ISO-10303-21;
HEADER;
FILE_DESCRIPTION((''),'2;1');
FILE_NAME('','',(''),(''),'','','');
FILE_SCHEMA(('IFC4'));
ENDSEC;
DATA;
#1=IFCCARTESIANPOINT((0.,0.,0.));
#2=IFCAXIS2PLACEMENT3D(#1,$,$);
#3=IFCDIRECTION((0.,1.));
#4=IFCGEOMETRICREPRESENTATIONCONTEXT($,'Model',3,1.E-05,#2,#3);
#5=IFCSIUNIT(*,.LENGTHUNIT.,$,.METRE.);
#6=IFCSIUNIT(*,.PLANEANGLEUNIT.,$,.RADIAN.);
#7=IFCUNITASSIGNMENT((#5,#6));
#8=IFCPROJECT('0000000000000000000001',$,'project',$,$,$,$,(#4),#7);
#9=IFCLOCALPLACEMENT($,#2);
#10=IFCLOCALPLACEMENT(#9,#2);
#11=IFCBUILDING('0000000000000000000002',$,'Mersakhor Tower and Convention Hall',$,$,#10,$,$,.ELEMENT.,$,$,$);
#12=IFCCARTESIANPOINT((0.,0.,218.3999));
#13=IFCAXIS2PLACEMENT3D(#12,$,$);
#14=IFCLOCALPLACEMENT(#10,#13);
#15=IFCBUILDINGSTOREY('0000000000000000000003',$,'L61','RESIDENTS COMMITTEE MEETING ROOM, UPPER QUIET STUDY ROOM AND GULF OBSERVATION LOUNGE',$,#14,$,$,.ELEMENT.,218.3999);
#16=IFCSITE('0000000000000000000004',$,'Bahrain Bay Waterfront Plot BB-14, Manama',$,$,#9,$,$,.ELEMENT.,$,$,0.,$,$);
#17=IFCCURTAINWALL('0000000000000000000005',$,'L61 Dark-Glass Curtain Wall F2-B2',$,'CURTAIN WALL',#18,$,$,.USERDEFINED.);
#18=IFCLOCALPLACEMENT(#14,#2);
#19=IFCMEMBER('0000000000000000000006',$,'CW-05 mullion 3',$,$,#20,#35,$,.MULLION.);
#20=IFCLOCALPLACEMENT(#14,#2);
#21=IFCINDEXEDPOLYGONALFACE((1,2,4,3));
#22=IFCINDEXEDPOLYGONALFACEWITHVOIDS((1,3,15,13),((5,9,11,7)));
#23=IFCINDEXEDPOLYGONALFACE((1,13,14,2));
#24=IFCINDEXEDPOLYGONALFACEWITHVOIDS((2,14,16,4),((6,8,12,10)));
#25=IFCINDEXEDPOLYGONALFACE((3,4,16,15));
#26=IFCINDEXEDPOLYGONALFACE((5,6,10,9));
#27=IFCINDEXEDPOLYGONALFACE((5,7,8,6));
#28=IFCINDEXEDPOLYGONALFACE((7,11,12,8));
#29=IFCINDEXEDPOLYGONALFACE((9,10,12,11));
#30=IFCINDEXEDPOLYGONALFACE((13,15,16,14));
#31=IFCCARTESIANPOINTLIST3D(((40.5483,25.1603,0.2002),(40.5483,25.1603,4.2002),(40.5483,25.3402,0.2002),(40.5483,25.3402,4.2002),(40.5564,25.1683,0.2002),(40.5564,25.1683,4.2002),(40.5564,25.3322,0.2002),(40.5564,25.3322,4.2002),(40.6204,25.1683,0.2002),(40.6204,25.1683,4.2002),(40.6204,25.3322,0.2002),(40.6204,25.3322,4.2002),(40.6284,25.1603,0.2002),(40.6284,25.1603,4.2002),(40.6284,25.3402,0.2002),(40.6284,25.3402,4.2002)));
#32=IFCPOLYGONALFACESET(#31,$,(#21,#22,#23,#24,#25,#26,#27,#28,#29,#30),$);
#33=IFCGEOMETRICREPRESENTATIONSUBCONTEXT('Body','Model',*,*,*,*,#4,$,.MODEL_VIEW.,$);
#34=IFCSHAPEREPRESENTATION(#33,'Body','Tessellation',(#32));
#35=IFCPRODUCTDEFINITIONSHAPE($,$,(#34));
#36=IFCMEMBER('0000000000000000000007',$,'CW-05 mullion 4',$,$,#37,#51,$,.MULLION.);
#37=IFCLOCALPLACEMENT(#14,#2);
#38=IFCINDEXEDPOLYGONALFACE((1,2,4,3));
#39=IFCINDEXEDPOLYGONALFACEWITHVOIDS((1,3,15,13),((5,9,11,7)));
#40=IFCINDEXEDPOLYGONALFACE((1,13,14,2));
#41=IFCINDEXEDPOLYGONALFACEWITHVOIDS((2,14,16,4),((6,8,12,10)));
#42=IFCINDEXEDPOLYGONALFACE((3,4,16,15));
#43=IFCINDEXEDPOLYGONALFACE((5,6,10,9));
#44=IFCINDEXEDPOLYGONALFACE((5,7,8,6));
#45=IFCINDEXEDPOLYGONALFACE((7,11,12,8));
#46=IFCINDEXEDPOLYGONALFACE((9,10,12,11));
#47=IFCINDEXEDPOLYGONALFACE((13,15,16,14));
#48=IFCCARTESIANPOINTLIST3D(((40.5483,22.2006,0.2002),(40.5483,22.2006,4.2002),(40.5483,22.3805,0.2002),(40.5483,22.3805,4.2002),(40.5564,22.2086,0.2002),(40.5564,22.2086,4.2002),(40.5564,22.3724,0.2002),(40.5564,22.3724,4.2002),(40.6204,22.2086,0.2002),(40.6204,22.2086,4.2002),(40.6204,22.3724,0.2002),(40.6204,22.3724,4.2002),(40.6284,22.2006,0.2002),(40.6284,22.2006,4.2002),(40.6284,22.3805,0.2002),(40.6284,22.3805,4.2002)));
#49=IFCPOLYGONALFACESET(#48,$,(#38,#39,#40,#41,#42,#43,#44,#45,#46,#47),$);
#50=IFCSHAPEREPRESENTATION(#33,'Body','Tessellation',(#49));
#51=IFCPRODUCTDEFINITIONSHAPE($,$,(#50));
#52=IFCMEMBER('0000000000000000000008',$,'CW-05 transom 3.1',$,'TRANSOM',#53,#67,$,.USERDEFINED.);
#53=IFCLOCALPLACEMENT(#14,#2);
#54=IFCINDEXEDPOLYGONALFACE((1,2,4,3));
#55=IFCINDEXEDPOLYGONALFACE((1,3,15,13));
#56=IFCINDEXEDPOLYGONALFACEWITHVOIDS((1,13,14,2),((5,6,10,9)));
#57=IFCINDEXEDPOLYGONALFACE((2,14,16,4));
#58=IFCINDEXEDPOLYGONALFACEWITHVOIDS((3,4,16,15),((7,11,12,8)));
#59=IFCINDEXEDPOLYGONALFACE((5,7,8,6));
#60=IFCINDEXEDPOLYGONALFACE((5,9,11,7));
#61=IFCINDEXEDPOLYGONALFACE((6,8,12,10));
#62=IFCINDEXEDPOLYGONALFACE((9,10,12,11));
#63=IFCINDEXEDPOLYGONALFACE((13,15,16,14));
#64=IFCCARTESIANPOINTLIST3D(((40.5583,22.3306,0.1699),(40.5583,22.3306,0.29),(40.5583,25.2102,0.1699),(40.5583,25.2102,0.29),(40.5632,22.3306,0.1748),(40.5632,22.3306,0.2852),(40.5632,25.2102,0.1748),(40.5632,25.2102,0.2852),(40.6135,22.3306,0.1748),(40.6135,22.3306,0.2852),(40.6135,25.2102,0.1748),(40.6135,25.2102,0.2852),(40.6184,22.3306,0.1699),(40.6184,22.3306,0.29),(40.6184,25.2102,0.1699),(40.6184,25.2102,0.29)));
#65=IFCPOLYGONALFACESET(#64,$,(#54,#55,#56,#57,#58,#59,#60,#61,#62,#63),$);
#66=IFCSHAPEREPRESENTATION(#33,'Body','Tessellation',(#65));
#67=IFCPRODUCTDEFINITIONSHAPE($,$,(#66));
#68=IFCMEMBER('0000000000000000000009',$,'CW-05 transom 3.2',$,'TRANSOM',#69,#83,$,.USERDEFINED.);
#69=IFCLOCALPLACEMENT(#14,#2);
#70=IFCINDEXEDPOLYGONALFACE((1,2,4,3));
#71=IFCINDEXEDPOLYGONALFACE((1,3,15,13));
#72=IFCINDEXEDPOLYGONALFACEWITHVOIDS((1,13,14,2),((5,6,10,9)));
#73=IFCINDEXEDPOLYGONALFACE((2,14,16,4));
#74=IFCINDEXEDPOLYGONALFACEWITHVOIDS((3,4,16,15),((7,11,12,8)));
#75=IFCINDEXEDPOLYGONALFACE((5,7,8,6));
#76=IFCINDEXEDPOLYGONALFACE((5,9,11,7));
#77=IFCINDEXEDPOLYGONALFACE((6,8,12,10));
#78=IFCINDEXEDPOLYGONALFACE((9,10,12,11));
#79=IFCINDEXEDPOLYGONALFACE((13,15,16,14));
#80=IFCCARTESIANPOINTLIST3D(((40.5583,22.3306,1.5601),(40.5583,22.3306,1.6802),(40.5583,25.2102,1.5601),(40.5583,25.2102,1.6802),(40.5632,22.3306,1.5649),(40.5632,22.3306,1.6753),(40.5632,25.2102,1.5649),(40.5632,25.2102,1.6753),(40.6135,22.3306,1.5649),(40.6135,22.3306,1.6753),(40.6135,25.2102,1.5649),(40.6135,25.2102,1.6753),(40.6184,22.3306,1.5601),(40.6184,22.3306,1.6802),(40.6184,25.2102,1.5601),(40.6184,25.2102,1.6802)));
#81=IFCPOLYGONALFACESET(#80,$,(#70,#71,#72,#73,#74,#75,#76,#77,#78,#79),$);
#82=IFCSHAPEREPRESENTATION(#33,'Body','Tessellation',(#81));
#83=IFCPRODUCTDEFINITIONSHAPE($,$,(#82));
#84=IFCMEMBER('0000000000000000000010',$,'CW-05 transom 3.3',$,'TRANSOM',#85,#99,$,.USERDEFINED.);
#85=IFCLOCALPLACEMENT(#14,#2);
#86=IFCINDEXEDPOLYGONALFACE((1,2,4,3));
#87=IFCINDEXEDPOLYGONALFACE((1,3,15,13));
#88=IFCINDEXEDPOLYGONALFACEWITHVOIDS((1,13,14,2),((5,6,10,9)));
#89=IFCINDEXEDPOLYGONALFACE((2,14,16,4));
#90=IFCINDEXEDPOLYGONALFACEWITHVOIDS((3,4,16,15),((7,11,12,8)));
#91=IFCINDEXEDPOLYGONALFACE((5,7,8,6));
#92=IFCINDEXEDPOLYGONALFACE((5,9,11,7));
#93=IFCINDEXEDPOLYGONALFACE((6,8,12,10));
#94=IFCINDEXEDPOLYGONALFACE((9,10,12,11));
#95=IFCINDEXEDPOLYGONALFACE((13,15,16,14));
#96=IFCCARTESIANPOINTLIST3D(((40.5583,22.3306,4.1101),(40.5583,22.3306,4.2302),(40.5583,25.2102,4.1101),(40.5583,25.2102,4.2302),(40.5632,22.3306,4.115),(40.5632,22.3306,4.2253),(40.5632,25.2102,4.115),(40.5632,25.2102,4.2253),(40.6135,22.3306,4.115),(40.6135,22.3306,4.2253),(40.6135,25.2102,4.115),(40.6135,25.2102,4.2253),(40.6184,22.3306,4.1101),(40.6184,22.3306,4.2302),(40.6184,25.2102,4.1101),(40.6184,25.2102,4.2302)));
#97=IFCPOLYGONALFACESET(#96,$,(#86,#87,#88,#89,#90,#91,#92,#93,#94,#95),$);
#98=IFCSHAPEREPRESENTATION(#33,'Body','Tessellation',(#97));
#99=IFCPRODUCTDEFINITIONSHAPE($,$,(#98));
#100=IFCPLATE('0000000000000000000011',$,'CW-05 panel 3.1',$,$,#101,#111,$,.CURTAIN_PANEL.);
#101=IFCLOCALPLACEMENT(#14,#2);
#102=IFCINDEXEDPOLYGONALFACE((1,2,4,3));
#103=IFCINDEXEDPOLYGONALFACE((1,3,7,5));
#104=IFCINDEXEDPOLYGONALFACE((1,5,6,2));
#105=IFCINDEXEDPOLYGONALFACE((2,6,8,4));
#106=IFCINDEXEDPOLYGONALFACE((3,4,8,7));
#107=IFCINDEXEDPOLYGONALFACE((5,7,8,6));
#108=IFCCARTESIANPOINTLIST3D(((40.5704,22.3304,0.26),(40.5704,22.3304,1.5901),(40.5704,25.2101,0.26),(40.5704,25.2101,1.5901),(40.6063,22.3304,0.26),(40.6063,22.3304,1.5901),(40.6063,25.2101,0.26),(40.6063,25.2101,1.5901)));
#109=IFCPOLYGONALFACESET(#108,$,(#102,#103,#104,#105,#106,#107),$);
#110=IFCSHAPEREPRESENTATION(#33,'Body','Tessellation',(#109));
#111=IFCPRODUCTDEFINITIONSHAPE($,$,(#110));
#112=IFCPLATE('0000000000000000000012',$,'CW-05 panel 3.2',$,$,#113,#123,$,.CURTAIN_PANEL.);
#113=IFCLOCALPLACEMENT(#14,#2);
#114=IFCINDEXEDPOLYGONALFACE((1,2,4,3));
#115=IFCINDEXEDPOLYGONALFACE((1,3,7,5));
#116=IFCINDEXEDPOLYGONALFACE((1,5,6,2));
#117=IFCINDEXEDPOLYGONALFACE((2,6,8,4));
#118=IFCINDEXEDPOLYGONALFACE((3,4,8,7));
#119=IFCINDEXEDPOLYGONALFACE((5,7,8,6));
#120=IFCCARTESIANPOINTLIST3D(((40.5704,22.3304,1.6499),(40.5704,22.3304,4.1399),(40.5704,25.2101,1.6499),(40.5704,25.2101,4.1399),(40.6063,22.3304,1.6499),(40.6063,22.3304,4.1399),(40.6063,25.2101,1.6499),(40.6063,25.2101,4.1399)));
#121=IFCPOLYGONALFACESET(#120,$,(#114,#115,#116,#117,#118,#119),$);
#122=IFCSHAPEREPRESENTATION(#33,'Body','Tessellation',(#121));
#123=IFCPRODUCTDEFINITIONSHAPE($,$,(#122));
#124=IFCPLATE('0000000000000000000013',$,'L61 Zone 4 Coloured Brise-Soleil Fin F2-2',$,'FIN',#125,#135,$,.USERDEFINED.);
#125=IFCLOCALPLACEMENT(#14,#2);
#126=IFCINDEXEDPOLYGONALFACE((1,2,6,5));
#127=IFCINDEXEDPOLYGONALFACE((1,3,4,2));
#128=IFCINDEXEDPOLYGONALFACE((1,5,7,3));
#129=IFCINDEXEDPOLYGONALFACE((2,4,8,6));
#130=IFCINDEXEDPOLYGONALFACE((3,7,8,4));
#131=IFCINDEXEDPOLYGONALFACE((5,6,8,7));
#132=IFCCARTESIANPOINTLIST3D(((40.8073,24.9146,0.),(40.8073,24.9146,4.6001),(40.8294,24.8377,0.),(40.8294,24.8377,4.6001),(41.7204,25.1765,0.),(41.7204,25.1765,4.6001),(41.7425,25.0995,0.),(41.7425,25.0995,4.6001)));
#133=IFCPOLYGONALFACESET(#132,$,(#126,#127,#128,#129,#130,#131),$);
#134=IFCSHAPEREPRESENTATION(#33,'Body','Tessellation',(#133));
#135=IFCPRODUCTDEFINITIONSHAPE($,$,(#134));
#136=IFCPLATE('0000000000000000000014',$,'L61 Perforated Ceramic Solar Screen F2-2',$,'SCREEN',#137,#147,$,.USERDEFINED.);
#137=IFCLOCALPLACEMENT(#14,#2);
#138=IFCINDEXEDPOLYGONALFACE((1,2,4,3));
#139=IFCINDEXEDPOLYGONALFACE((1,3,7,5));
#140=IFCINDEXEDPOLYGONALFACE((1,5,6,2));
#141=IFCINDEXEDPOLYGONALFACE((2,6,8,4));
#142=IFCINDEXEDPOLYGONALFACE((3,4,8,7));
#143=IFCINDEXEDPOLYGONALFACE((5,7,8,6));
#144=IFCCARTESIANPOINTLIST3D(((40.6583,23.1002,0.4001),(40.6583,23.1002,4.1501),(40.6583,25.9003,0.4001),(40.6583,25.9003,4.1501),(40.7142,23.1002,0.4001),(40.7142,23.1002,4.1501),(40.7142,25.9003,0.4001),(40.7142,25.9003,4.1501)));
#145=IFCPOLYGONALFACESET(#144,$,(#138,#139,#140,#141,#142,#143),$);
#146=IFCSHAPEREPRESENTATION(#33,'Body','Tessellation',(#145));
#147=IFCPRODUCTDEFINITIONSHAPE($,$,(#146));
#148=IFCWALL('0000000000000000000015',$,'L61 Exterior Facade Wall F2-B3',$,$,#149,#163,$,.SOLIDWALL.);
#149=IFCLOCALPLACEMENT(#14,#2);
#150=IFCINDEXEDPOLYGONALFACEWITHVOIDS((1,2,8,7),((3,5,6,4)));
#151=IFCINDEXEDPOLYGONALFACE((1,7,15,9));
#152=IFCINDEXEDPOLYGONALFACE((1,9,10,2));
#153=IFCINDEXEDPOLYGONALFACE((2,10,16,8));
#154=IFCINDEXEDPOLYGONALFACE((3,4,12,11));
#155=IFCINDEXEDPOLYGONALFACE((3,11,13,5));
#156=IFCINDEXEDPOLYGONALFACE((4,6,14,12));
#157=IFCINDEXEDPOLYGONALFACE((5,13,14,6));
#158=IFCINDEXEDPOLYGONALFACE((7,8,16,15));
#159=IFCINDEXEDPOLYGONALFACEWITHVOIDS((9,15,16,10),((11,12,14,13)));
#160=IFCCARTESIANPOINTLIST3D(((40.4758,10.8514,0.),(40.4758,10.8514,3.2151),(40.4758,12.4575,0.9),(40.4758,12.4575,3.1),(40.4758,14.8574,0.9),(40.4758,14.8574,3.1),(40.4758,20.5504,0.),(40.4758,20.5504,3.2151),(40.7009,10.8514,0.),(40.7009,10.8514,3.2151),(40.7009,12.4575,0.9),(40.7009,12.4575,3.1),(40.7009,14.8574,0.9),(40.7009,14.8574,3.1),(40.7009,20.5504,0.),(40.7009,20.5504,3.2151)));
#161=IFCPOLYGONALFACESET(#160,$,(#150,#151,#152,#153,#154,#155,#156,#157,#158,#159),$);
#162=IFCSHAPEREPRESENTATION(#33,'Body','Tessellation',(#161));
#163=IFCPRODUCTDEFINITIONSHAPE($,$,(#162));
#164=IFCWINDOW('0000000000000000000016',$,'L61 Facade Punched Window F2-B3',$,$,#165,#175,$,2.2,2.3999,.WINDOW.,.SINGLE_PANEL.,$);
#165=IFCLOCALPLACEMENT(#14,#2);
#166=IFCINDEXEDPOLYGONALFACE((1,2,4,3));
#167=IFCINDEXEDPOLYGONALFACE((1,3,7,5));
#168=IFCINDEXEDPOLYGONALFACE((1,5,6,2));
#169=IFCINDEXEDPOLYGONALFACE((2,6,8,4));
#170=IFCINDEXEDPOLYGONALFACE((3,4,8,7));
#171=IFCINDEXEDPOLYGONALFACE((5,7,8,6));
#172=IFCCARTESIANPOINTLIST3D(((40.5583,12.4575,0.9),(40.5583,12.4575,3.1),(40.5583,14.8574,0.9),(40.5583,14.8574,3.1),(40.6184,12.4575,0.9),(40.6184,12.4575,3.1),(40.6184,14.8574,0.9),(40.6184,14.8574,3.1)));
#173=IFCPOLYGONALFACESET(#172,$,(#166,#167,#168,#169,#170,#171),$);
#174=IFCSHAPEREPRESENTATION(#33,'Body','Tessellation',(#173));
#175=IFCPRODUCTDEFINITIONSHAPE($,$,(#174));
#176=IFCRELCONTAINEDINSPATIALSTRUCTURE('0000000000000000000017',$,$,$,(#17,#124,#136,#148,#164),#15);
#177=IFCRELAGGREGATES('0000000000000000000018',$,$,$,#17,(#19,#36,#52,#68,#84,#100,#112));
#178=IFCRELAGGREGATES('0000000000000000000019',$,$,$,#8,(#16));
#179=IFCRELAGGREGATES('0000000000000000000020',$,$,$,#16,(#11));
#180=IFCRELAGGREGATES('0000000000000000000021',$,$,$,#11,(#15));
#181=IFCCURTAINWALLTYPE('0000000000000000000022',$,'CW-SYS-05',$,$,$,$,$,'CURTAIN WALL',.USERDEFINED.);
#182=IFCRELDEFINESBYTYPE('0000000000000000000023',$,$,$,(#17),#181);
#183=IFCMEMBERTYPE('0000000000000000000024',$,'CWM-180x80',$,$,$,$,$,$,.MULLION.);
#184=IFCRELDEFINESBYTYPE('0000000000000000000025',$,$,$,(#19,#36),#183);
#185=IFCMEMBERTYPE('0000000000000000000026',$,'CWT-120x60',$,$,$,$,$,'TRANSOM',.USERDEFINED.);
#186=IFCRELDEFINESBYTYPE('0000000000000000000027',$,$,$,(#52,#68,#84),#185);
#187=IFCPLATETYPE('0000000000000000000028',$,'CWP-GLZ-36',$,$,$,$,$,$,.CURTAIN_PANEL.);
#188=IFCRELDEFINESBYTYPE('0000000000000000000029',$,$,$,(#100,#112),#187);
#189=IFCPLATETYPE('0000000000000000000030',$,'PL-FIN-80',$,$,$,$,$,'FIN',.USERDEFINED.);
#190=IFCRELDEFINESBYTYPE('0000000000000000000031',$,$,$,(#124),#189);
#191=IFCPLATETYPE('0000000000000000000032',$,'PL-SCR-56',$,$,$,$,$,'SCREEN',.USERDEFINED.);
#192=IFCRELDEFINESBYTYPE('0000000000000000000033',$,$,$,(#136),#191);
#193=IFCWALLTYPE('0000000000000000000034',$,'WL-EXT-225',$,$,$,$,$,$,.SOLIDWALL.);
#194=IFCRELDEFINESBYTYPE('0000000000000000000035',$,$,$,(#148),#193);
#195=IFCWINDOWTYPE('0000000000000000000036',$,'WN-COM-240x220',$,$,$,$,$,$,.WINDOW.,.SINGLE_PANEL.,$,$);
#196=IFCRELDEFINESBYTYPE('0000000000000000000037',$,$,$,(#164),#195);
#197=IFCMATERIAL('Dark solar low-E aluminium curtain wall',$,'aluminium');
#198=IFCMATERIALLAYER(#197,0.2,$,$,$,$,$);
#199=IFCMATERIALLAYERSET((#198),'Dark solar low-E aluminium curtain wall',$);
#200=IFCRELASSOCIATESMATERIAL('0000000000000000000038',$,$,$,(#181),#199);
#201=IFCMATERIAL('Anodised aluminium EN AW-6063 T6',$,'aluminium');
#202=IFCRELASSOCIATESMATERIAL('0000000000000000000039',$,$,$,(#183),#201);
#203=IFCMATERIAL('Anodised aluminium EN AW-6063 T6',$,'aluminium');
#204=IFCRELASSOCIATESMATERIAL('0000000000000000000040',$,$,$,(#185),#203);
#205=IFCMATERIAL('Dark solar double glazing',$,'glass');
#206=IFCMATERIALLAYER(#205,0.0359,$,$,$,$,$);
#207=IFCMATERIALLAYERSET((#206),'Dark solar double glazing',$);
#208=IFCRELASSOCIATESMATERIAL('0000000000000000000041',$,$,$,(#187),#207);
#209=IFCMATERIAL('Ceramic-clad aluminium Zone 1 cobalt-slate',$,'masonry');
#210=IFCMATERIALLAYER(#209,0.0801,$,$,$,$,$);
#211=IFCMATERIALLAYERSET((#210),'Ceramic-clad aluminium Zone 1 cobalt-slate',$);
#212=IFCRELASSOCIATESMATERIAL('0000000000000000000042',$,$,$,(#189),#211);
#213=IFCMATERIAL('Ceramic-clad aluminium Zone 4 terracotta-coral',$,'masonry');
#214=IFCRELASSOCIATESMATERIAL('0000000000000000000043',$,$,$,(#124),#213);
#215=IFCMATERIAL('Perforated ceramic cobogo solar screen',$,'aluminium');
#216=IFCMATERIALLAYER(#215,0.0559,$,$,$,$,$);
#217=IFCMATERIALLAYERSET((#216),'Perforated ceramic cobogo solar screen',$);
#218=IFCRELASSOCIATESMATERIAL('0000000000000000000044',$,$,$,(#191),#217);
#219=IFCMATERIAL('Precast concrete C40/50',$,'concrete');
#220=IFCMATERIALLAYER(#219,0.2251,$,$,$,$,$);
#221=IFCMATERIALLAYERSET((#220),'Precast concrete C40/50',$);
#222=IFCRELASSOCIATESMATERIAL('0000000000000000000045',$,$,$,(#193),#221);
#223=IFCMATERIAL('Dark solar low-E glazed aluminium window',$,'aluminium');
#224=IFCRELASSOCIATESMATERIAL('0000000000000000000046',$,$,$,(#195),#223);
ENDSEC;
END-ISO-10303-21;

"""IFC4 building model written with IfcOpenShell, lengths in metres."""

from ifc_helpers import new_model, si_unit, direction, frame, frame_2d, origin, origin_2d, place, context, subcontext, project, spatial, rectangle, hollow_rectangle, extrude, material, layer, layer_set, material_profile, profile_set, type_object, element, fill, aggregate, save


model = new_model("IFC4")

# Units and contexts
model_context = context("Model", 3, precision=1e-05, world=origin(), true_north=direction((0.0, 1.0)))
body_context = subcontext(model_context, "Body", "Model", "MODEL_VIEW")
ifc_project = project(units=[si_unit("LENGTHUNIT", "METRE"), si_unit("PLANEANGLEUNIT", "RADIAN")], contexts=[model_context])

# Site, building, storey
site_placement = place(None, origin())
site = spatial("IfcSite", under=ifc_project, at=site_placement, Name="Bahrain Bay Waterfront Plot BB-14, Manama", CompositionType="ELEMENT", RefElevation=0.0)
building_placement = place(site_placement, origin())
building = spatial("IfcBuilding", under=site, at=building_placement, Name="Mersakhor Tower and Convention Hall", CompositionType="ELEMENT")
storey_placement = place(building_placement, frame((0.0, 0.0, 218.3999)))
storey = spatial("IfcBuildingStorey", under=building, at=storey_placement, Name="L61", Description="RESIDENTS COMMITTEE MEETING ROOM, UPPER QUIET STUDY ROOM AND GULF OBSERVATION LOUNGE", CompositionType="ELEMENT", Elevation=218.3999)

# Curtain wall, members, plates
ifc_material_1 = material(Name="Dark solar low-E aluminium curtain wall", Category="aluminium")
ifc_layer_1 = layer(ifc_material_1, 0.2)
ifc_layer_set_1 = layer_set([ifc_layer_1], Name="Dark solar low-E aluminium curtain wall")
curtain_wall_type = type_object("IfcCurtainWallType", Name="CW-SYS-05", ElementType="CURTAIN WALL", PredefinedType="USERDEFINED", material=ifc_layer_set_1)
curtain_wall_placement = place(storey_placement, origin())
curtain_wall = element("IfcCurtainWall", 1, at=curtain_wall_placement, inside=storey, type_object=curtain_wall_type, Name="L61 Dark-Glass Curtain Wall F2-B2", ObjectType="CURTAIN WALL", PredefinedType="USERDEFINED")
ifc_material_2 = material(Name="Anodised aluminium EN AW-6063 T6", Category="aluminium")
ifc_material_profile_1 = material_profile(ifc_material_2, hollow_rectangle(XDim=0.0801, YDim=0.1799, WallThickness=0.0081, at=origin_2d()), Name="RHS 180x80x8")
ifc_profile_set_1 = profile_set([ifc_material_profile_1], Name="Anodised aluminium EN AW-6063 T6")
member_type_1 = type_object("IfcMemberType", Name="CWM-180x80", PredefinedType="MULLION", material=ifc_profile_set_1)
member_1_placement = place(storey_placement, frame((40.5884, 25.2502, 0.2002), z_axis=(0.0, 0.0, 1.0), x_axis=(1.0, 0.0, 0.0)))
member_1 = element("IfcMember", 2, at=member_1_placement, type_object=member_type_1, Name="CW-05 mullion 3", PredefinedType="MULLION", context=body_context, shape_type="SweptSolid", body=[
    extrude(hollow_rectangle(XDim=0.0801, YDim=0.1799, WallThickness=0.0081, at=origin_2d()), origin(), (0.0, 0.0, 1.0), 4.0),
])
member_2_placement = place(storey_placement, frame((40.5884, 22.2905, 0.2002), z_axis=(0.0, 0.0, 1.0), x_axis=(1.0, 0.0, 0.0)))
member_2 = element("IfcMember", 3, at=member_2_placement, type_object=member_type_1, Name="CW-05 mullion 4", PredefinedType="MULLION", context=body_context, shape_type="SweptSolid", body=[
    extrude(hollow_rectangle(XDim=0.0801, YDim=0.1799, WallThickness=0.0081, at=origin_2d()), origin(), (0.0, 0.0, 1.0), 4.0),
])
ifc_material_3 = material(Name="Anodised aluminium EN AW-6063 T6", Category="aluminium")
ifc_material_profile_2 = material_profile(ifc_material_3, hollow_rectangle(XDim=0.0601, YDim=0.1201, WallThickness=0.0049, at=origin_2d()), Name="RHS 120x60x5")
ifc_profile_set_2 = profile_set([ifc_material_profile_2], Name="Anodised aluminium EN AW-6063 T6")
member_type_2 = type_object("IfcMemberType", Name="CWT-120x60", ElementType="TRANSOM", PredefinedType="USERDEFINED", material=ifc_profile_set_2)
member_3_placement = place(storey_placement, frame((40.5884, 25.2102, 0.23), z_axis=(0.0, -1.0, 0.0), x_axis=(1.0, 0.0, 0.0)))
member_3 = element("IfcMember", 4, at=member_3_placement, type_object=member_type_2, Name="CW-05 transom 3.1", ObjectType="TRANSOM", PredefinedType="USERDEFINED", context=body_context, shape_type="SweptSolid", body=[
    extrude(hollow_rectangle(XDim=0.0601, YDim=0.1201, WallThickness=0.0049, at=origin_2d()), origin(), (0.0, 0.0, 1.0), 2.8796),
])
member_4_placement = place(storey_placement, frame((40.5884, 25.2102, 1.6201), z_axis=(0.0, -1.0, 0.0), x_axis=(1.0, 0.0, 0.0)))
member_4 = element("IfcMember", 5, at=member_4_placement, type_object=member_type_2, Name="CW-05 transom 3.2", ObjectType="TRANSOM", PredefinedType="USERDEFINED", context=body_context, shape_type="SweptSolid", body=[
    extrude(hollow_rectangle(XDim=0.0601, YDim=0.1201, WallThickness=0.0049, at=origin_2d()), origin(), (0.0, 0.0, 1.0), 2.8796),
])
member_5_placement = place(storey_placement, frame((40.5884, 25.2102, 4.1702), z_axis=(0.0, -1.0, 0.0), x_axis=(1.0, 0.0, 0.0)))
member_5 = element("IfcMember", 6, at=member_5_placement, type_object=member_type_2, Name="CW-05 transom 3.3", ObjectType="TRANSOM", PredefinedType="USERDEFINED", context=body_context, shape_type="SweptSolid", body=[
    extrude(hollow_rectangle(XDim=0.0601, YDim=0.1201, WallThickness=0.0049, at=origin_2d()), origin(), (0.0, 0.0, 1.0), 2.8796),
])
ifc_material_4 = material(Name="Dark solar double glazing", Category="glass")
ifc_layer_2 = layer(ifc_material_4, 0.0359)
ifc_layer_set_2 = layer_set([ifc_layer_2], Name="Dark solar double glazing")
plate_type_1 = type_object("IfcPlateType", Name="CWP-GLZ-36", PredefinedType="CURTAIN_PANEL", material=ifc_layer_set_2)
plate_1_placement = place(storey_placement, frame((40.5884, 23.7703, 0.26), z_axis=(0.0, 0.0, 1.0), x_axis=(0.0, -1.0, 0.0)))
plate_1 = element("IfcPlate", 7, at=plate_1_placement, type_object=plate_type_1, Name="CW-05 panel 3.1", PredefinedType="CURTAIN_PANEL", context=body_context, shape_type="SweptSolid", body=[
    extrude(rectangle(XDim=2.8796, YDim=0.0359, at=origin_2d()), origin(), (0.0, 0.0, 1.0), 1.3301),
])
plate_2_placement = place(storey_placement, frame((40.5884, 23.7703, 1.6499), z_axis=(0.0, 0.0, 1.0), x_axis=(0.0, -1.0, 0.0)))
plate_2 = element("IfcPlate", 8, at=plate_2_placement, type_object=plate_type_1, Name="CW-05 panel 3.2", PredefinedType="CURTAIN_PANEL", context=body_context, shape_type="SweptSolid", body=[
    extrude(rectangle(XDim=2.8796, YDim=0.0359, at=origin_2d()), origin(), (0.0, 0.0, 1.0), 2.49),
])
aggregate(curtain_wall, [member_1, member_2, member_3, member_4, member_5, plate_1, plate_2])

# Plates
ifc_material_5 = material(Name="Ceramic-clad aluminium Zone 4 terracotta-coral", Category="masonry")
ifc_material_6 = material(Name="Ceramic-clad aluminium Zone 1 cobalt-slate", Category="masonry")
ifc_layer_3 = layer(ifc_material_6, 0.0801)
ifc_layer_set_3 = layer_set([ifc_layer_3], Name="Ceramic-clad aluminium Zone 1 cobalt-slate")
plate_type_2 = type_object("IfcPlateType", Name="PL-FIN-80", ElementType="FIN", PredefinedType="USERDEFINED", material=ifc_layer_set_3)
plate_3_placement = place(storey_placement, frame((41.2749, 25.0071, 0.0), z_axis=(0.0, 0.0, 1.0), x_axis=(0.961262, 0.275637, 0.0)))
element("IfcPlate", 9, at=plate_3_placement, inside=storey, type_object=plate_type_2, material=ifc_material_5, Name="L61 Zone 4 Coloured Brise-Soleil Fin F2-2", ObjectType="FIN", PredefinedType="USERDEFINED", context=body_context, shape_type="SweptSolid", body=[
    extrude(rectangle(XDim=0.95, YDim=0.0801, at=origin_2d()), origin(), (0.0, 0.0, 1.0), 4.6001),
])
ifc_material_7 = material(Name="Perforated ceramic cobogo solar screen", Category="aluminium")
ifc_layer_4 = layer(ifc_material_7, 0.0559)
ifc_layer_set_4 = layer_set([ifc_layer_4], Name="Perforated ceramic cobogo solar screen")
plate_type_3 = type_object("IfcPlateType", Name="PL-SCR-56", ElementType="SCREEN", PredefinedType="USERDEFINED", material=ifc_layer_set_4)
plate_4_placement = place(storey_placement, frame((40.6863, 24.5002, 0.4001), z_axis=(0.0, 0.0, 1.0), x_axis=(0.0, -1.0, 0.0)))
element("IfcPlate", 10, at=plate_4_placement, inside=storey, type_object=plate_type_3, Name="L61 Perforated Ceramic Solar Screen F2-2", ObjectType="SCREEN", PredefinedType="USERDEFINED", context=body_context, shape_type="SweptSolid", body=[
    extrude(rectangle(XDim=2.8, YDim=0.0559, at=origin_2d()), origin(), (0.0, 0.0, 1.0), 3.75),
])

# Wall, opening, window
ifc_material_8 = material(Name="Precast concrete C40/50", Category="concrete")
ifc_layer_5 = layer(ifc_material_8, 0.2251)
ifc_layer_set_5 = layer_set([ifc_layer_5], Name="Precast concrete C40/50")
wall_type_1 = type_object("IfcWallType", Name="WL-EXT-225", PredefinedType="SOLIDWALL", material=ifc_layer_set_5)
wall_1_placement = place(storey_placement, frame((40.5884, 20.5505, 0.0), z_axis=(0.0, 0.0, 1.0), x_axis=(0.0, -1.0, 0.0)))
wall_1 = element("IfcWall", 11, at=wall_1_placement, inside=storey, type_object=wall_type_1, Name="L61 Exterior Facade Wall F2-B3", PredefinedType="SOLIDWALL", context=body_context, shape_type="SweptSolid", body=[
    extrude(rectangle(XDim=9.699, YDim=0.2251, at=frame_2d((4.8496, 0.0))), origin(), (0.0, 0.0, 1.0), 3.2151),
])
opening_placement = place(wall_1_placement, frame((5.6931, 0.0, 0.8999)))
opening = element("IfcOpeningElement", 12, at=opening_placement, cuts=wall_1, PredefinedType="OPENING", context=body_context, shape_type="SweptSolid", body=[
    extrude(rectangle(XDim=2.3999, YDim=2.2, at=frame_2d((1.2, 1.1001))), frame((0.0, 0.1226, 0.0), z_axis=(0.0, -1.0, 0.0), x_axis=(1.0, 0.0, 0.0)), (0.0, 0.0, 1.0), 0.2451),
])
ifc_material_9 = material(Name="Dark solar low-E glazed aluminium window", Category="aluminium")
window_type = type_object("IfcWindowType", Name="WN-COM-240x220", PartitioningType="SINGLE_PANEL", PredefinedType="WINDOW", material=ifc_material_9)
window_placement = place(opening_placement, origin())
window = element("IfcWindow", 13, at=window_placement, inside=storey, type_object=window_type, Name="L61 Facade Punched Window F2-B3", OverallHeight=2.2, OverallWidth=2.3999, PartitioningType="SINGLE_PANEL", PredefinedType="WINDOW", context=body_context, shape_type="SweptSolid", body=[
    extrude(rectangle(XDim=2.3999, YDim=2.2, at=frame_2d((1.2, 1.1001))), frame((0.0, 0.03, 0.0), z_axis=(0.0, -1.0, 0.0), x_axis=(1.0, 0.0, 0.0)), (0.0, 0.0, 1.0), 0.0601),
])
fill(opening, window)

save(model, "model.ifc")
